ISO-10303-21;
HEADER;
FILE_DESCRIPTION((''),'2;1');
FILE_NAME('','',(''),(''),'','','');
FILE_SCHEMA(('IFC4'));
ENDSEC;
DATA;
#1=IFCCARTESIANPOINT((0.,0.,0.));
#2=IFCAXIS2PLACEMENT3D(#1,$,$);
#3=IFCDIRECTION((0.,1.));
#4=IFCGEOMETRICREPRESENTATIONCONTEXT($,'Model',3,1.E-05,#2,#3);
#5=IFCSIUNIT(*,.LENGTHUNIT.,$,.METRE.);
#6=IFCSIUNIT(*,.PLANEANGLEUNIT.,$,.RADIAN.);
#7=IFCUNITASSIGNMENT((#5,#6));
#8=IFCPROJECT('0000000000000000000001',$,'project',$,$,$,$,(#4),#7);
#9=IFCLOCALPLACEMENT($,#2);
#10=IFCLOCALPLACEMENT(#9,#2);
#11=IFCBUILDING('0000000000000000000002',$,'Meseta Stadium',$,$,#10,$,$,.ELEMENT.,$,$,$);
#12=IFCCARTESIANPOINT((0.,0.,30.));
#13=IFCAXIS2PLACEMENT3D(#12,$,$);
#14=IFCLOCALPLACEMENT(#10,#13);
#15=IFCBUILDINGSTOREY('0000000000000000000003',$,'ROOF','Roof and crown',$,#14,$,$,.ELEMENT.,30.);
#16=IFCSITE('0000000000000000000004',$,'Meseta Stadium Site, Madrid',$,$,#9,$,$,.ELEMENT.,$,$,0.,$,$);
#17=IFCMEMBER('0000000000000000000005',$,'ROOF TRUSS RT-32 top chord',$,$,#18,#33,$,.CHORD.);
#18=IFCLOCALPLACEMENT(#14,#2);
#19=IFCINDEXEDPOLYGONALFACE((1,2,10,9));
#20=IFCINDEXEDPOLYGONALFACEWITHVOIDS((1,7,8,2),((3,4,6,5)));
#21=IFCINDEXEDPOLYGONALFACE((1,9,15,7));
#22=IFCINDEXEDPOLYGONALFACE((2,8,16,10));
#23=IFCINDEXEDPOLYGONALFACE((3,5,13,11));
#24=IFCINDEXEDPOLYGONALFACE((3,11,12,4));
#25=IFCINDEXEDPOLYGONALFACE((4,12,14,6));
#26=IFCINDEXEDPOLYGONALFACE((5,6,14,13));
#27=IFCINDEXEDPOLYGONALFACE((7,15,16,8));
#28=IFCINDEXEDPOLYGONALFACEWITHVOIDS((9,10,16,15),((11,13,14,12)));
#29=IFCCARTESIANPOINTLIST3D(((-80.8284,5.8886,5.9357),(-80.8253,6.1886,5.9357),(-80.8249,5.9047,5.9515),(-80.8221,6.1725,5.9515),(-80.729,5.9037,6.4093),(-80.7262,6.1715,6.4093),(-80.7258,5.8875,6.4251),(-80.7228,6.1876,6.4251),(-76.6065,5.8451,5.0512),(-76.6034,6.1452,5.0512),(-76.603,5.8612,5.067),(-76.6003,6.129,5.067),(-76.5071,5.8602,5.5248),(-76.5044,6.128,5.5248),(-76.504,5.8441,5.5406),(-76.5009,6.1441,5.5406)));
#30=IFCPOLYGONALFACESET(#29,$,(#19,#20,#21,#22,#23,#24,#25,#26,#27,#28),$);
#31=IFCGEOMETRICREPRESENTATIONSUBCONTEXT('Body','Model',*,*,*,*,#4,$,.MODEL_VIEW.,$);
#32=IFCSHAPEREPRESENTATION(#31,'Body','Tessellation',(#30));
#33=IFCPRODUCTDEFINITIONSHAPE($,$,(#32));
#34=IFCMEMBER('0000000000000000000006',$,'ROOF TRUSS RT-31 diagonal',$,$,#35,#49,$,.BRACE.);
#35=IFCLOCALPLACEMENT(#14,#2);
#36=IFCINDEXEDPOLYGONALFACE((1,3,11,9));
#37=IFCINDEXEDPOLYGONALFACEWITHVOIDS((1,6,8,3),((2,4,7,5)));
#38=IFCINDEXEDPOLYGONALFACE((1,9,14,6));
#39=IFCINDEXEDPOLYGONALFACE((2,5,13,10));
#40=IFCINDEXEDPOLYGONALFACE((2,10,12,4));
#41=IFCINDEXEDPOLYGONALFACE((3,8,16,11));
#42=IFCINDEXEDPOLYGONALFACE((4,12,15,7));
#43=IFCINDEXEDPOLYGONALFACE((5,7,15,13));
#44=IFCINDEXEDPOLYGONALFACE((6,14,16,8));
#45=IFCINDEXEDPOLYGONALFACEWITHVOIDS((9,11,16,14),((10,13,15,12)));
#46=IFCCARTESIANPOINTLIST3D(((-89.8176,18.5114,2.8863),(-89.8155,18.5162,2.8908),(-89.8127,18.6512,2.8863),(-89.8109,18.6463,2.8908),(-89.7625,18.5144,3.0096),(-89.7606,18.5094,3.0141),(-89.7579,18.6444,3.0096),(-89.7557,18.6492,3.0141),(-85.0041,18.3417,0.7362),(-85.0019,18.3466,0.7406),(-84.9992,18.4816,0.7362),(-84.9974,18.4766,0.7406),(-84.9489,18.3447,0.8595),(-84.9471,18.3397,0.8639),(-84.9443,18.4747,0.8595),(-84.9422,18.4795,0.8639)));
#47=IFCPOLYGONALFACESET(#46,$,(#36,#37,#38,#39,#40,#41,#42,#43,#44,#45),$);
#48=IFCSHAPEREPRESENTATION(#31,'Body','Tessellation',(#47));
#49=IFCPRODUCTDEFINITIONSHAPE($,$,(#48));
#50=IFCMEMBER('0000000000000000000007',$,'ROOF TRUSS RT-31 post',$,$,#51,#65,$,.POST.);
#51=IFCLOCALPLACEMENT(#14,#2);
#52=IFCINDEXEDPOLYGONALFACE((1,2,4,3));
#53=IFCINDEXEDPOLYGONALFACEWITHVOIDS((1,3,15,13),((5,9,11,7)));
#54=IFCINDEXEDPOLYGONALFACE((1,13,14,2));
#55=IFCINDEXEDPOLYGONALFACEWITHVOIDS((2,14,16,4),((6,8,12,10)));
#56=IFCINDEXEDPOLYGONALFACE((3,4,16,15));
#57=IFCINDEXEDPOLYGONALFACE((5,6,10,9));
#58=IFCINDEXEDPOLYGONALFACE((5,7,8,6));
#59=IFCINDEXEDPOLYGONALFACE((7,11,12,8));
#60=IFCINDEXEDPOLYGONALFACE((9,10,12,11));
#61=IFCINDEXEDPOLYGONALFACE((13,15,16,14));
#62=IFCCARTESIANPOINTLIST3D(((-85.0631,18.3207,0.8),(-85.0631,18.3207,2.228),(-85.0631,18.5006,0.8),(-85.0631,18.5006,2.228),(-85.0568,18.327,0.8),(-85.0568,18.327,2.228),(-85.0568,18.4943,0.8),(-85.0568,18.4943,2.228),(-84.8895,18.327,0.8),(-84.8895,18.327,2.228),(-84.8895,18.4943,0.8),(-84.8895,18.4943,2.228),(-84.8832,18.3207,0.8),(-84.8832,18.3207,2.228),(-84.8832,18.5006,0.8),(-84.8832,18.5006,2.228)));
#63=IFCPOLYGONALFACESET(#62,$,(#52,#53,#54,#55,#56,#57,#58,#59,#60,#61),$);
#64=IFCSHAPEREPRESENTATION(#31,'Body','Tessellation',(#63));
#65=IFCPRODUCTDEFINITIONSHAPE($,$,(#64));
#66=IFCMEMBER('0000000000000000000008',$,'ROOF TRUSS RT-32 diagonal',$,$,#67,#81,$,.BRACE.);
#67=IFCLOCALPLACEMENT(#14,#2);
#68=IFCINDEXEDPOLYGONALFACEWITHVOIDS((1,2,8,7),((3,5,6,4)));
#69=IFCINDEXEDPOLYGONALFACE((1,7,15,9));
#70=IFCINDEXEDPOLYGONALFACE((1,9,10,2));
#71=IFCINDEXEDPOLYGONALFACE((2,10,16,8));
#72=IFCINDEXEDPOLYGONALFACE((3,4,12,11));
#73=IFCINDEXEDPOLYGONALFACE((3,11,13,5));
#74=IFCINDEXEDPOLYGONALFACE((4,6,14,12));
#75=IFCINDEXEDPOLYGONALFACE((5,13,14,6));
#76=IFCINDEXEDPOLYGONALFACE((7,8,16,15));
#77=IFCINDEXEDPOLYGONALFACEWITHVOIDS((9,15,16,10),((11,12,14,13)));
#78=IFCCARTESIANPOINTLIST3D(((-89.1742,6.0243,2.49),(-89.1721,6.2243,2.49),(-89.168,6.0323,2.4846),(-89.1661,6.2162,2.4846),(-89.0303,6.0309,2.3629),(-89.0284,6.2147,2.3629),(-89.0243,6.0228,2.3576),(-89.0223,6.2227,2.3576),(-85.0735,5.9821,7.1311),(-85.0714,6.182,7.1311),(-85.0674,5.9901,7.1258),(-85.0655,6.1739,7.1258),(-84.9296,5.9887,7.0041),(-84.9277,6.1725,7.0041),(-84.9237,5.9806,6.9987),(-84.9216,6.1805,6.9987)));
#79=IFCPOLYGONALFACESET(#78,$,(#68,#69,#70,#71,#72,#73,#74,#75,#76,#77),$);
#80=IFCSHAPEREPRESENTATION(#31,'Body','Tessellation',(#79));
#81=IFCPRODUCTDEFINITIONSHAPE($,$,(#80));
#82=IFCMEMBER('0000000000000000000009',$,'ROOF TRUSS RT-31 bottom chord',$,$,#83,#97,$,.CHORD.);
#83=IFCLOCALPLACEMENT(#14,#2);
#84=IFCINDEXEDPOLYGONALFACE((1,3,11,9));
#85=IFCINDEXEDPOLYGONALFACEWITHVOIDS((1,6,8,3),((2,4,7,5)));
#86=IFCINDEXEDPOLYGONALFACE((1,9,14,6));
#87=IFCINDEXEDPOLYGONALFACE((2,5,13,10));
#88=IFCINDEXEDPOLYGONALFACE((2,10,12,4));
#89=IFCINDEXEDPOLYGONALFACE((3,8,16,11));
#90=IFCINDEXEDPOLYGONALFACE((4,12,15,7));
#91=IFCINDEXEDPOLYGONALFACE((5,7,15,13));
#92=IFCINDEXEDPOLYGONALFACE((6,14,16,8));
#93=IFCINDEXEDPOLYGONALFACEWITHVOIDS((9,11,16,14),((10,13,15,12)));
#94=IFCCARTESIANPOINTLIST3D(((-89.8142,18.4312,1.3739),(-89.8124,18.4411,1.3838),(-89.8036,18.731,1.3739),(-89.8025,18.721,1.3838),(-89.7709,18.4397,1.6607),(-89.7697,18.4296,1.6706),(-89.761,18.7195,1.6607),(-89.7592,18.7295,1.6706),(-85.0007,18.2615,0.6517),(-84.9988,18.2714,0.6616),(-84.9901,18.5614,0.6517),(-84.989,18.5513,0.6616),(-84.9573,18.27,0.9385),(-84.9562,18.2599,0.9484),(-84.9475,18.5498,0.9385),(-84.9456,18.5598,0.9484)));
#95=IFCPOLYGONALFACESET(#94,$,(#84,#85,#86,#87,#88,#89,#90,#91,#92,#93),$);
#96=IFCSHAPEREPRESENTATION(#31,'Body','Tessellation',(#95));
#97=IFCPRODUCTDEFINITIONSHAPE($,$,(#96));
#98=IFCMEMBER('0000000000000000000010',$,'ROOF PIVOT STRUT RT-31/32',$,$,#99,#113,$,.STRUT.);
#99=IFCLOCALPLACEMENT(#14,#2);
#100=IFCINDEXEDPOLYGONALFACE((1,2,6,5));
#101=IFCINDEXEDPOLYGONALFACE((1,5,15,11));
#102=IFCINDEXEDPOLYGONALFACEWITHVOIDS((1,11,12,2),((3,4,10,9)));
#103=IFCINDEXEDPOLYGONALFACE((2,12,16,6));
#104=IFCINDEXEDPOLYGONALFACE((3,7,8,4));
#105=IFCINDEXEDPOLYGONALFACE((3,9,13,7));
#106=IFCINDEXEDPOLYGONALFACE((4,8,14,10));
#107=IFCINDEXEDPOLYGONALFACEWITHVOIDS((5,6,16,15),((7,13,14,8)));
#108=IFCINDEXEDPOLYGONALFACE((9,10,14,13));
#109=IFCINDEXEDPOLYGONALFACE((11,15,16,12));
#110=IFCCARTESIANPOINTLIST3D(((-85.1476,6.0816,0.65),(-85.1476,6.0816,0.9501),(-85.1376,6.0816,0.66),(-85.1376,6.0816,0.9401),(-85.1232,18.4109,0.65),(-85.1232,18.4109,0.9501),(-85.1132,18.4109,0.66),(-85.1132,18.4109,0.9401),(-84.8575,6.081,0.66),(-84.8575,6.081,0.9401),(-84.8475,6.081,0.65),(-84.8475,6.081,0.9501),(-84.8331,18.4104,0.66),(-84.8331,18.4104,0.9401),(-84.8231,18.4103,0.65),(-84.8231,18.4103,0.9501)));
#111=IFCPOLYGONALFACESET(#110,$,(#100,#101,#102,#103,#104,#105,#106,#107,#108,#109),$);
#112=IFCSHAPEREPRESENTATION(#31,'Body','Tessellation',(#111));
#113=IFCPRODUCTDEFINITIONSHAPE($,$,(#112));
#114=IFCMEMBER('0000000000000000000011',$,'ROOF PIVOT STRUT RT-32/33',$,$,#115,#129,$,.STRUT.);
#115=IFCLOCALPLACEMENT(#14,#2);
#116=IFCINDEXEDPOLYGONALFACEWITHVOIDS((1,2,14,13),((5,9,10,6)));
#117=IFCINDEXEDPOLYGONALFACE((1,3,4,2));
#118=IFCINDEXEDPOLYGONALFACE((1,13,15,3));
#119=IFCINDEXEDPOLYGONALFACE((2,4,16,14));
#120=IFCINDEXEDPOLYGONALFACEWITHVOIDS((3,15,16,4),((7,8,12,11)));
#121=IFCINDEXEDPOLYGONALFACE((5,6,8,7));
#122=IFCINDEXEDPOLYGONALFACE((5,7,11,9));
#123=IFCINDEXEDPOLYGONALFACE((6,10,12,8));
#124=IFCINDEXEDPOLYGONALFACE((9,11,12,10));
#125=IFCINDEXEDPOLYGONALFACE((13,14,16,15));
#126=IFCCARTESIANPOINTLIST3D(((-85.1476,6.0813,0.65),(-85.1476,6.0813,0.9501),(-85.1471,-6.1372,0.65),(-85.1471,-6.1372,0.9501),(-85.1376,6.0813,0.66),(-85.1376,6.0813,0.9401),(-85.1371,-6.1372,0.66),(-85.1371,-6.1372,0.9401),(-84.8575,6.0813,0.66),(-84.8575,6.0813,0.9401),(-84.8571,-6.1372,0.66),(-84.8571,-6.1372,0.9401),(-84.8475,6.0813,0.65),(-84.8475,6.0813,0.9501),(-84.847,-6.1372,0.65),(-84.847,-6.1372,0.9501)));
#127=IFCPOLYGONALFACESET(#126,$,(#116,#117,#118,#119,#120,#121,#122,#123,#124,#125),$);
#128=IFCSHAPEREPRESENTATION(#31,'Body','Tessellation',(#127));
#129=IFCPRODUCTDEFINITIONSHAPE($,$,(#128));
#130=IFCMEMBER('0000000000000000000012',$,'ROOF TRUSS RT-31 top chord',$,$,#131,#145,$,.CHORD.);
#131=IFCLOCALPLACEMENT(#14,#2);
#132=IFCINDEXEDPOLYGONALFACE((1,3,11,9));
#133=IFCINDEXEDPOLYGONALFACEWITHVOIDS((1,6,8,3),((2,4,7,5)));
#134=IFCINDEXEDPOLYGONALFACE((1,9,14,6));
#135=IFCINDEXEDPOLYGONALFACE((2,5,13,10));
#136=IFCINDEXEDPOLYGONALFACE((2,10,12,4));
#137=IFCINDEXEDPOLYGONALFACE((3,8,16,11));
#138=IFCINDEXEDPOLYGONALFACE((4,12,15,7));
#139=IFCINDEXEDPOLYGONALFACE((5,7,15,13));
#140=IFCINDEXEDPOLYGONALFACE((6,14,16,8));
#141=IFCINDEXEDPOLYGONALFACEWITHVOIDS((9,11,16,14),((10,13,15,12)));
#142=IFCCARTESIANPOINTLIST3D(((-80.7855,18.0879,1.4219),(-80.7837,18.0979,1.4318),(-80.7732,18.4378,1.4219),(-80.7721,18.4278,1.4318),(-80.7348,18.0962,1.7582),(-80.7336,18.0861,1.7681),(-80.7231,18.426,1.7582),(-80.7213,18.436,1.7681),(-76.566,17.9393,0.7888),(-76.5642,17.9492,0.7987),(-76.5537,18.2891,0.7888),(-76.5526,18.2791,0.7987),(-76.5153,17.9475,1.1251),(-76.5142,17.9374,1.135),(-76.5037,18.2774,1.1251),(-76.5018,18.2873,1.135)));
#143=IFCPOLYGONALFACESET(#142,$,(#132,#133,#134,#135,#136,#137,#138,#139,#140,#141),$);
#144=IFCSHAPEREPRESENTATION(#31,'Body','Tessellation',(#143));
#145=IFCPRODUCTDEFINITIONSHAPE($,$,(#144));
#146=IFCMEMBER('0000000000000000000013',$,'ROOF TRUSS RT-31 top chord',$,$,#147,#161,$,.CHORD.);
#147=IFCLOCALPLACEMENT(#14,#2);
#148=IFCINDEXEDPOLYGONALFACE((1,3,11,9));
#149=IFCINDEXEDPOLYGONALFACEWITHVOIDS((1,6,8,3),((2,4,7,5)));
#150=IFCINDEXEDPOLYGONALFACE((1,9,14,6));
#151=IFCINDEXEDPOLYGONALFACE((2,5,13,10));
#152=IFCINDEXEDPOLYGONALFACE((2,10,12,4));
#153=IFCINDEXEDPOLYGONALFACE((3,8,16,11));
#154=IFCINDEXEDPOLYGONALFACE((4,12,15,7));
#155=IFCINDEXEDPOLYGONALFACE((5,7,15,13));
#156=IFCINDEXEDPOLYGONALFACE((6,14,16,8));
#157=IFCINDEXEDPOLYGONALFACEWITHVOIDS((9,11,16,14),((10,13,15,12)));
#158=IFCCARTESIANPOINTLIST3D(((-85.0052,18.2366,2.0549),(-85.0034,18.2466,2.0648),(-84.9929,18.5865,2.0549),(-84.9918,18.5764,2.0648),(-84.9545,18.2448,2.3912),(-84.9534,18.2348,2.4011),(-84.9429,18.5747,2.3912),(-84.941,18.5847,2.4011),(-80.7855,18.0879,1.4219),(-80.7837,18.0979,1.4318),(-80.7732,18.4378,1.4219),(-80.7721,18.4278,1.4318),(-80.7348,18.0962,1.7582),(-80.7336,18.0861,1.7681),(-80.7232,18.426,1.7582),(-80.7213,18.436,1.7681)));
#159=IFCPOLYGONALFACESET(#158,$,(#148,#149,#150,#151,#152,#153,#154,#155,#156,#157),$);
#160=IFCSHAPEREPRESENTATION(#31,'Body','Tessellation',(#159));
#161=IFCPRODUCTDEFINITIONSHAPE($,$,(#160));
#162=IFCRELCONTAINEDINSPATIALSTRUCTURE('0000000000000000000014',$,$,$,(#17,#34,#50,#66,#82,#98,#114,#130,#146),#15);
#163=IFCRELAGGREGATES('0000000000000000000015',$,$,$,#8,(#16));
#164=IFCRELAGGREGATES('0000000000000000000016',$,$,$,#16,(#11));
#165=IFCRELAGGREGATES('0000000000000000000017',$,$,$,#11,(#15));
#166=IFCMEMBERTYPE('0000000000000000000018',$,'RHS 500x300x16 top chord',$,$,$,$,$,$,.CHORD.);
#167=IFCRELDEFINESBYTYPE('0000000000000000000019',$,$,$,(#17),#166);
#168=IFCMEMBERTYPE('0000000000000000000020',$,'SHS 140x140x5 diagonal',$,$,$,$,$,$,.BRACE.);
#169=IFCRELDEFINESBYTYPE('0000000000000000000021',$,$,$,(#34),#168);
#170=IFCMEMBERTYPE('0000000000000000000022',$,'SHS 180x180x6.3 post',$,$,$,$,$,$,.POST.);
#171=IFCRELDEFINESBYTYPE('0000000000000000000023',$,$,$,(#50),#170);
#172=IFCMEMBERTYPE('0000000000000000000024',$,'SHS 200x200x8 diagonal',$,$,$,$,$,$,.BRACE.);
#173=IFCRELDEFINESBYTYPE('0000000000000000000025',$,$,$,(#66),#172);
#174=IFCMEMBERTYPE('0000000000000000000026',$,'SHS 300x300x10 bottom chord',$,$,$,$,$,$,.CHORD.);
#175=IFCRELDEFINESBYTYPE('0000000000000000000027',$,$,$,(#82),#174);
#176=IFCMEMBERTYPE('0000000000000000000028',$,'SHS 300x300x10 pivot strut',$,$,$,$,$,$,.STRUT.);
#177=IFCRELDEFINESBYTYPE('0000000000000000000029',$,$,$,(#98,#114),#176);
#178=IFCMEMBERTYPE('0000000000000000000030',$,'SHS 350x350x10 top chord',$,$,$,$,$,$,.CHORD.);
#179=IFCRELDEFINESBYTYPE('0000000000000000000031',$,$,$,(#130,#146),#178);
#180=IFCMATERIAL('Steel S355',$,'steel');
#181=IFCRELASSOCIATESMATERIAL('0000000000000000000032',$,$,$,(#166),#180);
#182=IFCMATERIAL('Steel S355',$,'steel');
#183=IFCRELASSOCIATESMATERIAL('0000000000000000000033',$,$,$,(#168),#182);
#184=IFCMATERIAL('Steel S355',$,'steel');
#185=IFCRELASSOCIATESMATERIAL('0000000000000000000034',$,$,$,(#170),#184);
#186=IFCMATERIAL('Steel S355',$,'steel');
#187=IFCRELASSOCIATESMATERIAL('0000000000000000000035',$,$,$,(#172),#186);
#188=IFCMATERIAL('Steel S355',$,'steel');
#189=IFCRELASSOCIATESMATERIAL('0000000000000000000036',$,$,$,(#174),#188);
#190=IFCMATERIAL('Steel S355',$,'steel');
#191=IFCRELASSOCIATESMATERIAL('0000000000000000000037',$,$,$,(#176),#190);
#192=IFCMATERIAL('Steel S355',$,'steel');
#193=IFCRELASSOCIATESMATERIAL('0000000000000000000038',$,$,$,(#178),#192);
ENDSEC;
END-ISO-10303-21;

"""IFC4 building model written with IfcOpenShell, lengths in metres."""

from ifc_helpers import new_model, si_unit, direction, frame, origin, origin_2d, place, context, subcontext, project, spatial, hollow_rectangle, extrude, material, material_profile, profile_set, type_object, element, save


model = new_model("IFC4")

# Units and contexts
model_context = context("Model", 3, precision=1e-05, world=origin(), true_north=direction((0.0, 1.0)))
body_context = subcontext(model_context, "Body", "Model", "MODEL_VIEW")
ifc_project = project(units=[si_unit("LENGTHUNIT", "METRE"), si_unit("PLANEANGLEUNIT", "RADIAN")], contexts=[model_context])

# Site, building, storey
site_placement = place(None, origin())
site = spatial("IfcSite", under=ifc_project, at=site_placement, Name="Meseta Stadium Site, Madrid", CompositionType="ELEMENT", RefElevation=0.0)
building_placement = place(site_placement, origin())
building = spatial("IfcBuilding", under=site, at=building_placement, Name="Meseta Stadium", CompositionType="ELEMENT")
storey_placement = place(building_placement, frame((0.0, 0.0, 30.0)))
storey = spatial("IfcBuildingStorey", under=building, at=storey_placement, Name="ROOF", Description="Roof and crown", CompositionType="ELEMENT", Elevation=30.0)

# Members
ifc_material_1 = material(Name="Steel S355", Category="steel")
ifc_material_profile_1 = material_profile(ifc_material_1, hollow_rectangle(XDim=0.3, YDim=0.5, WallThickness=0.0161, at=origin_2d()), Name="RHS 500x300x16")
ifc_profile_set_1 = profile_set([ifc_material_profile_1], Name="Steel S355")
member_type_1 = type_object("IfcMemberType", Name="RHS 500x300x16 top chord", PredefinedType="CHORD", material=ifc_profile_set_1)
member_1_placement = place(storey_placement, frame((-76.5537, 5.9946, 5.2959), z_axis=(-0.978701, 0.010074, 0.205044), x_axis=(-0.010293, -0.999947, 0.0)))
element("IfcMember", 1, at=member_1_placement, inside=storey, type_object=member_type_1, Name="ROOF TRUSS RT-32 top chord", PredefinedType="CHORD", context=body_context, shape_type="SweptSolid", body=[
    extrude(hollow_rectangle(XDim=0.3, YDim=0.5, WallThickness=0.0161, at=origin_2d()), origin(), (0.0, 0.0, 1.0), 4.3137),
])
ifc_material_2 = material(Name="Steel S355", Category="steel")
ifc_material_profile_2 = material_profile(ifc_material_2, hollow_rectangle(XDim=0.1399, YDim=0.1399, WallThickness=0.0049, at=origin_2d()), Name="SHS 140x140x5")
ifc_profile_set_2 = profile_set([ifc_material_profile_2], Name="Steel S355")
member_type_2 = type_object("IfcMemberType", Name="SHS 140x140x5 diagonal", PredefinedType="BRACE", material=ifc_profile_set_2)
member_2_placement = place(storey_placement, frame((-84.9731, 18.4106, 0.8), z_axis=(-0.912575, 0.032169, 0.407641), x_axis=(-0.035229, -0.999379, 0.0)))
element("IfcMember", 2, at=member_2_placement, inside=storey, type_object=member_type_2, Name="ROOF TRUSS RT-31 diagonal", PredefinedType="BRACE", context=body_context, shape_type="SweptSolid", body=[
    extrude(hollow_rectangle(XDim=0.1399, YDim=0.1399, WallThickness=0.0049, at=origin_2d()), origin(), (0.0, 0.0, 1.0), 5.2747),
])
ifc_material_3 = material(Name="Steel S355", Category="steel")
ifc_material_profile_3 = material_profile(ifc_material_3, hollow_rectangle(XDim=0.1799, YDim=0.1799, WallThickness=0.0063, at=origin_2d()), Name="SHS 180x180x6.3")
ifc_profile_set_3 = profile_set([ifc_material_profile_3], Name="Steel S355")
member_type_3 = type_object("IfcMemberType", Name="SHS 180x180x6.3 post", PredefinedType="POST", material=ifc_profile_set_3)
member_3_placement = place(storey_placement, frame((-84.9731, 18.4106, 0.8), z_axis=(0.0, 0.0, 1.0), x_axis=(1.0, 0.0, 0.0)))
element("IfcMember", 3, at=member_3_placement, inside=storey, type_object=member_type_3, Name="ROOF TRUSS RT-31 post", PredefinedType="POST", context=body_context, shape_type="SweptSolid", body=[
    extrude(hollow_rectangle(XDim=0.1799, YDim=0.1799, WallThickness=0.0063, at=origin_2d()), origin(), (0.0, 0.0, 1.0), 1.428),
])
ifc_material_4 = material(Name="Steel S355", Category="steel")
ifc_material_profile_4 = material_profile(ifc_material_4, hollow_rectangle(XDim=0.2, YDim=0.2, WallThickness=0.0081, at=origin_2d()), Name="SHS 200x200x8")
ifc_profile_set_4 = profile_set([ifc_material_profile_4], Name="Steel S355")
member_type_4 = type_object("IfcMemberType", Name="SHS 200x200x8 diagonal", PredefinedType="BRACE", material=ifc_profile_set_4)
member_4_placement = place(storey_placement, frame((-84.9976, 6.0813, 7.0649), z_axis=(-0.662104, 0.00682, -0.749381), x_axis=(-0.0103, -0.999947, 0.0)))
element("IfcMember", 4, at=member_4_placement, inside=storey, type_object=member_type_4, Name="ROOF TRUSS RT-32 diagonal", PredefinedType="BRACE", context=body_context, shape_type="SweptSolid", body=[
    extrude(hollow_rectangle(XDim=0.2, YDim=0.2, WallThickness=0.0081, at=origin_2d()), origin(), (0.0, 0.0, 1.0), 6.1934),
])
ifc_material_5 = material(Name="Steel S355", Category="steel")
ifc_material_profile_5 = material_profile(ifc_material_5, hollow_rectangle(XDim=0.3, YDim=0.3, WallThickness=0.01, at=origin_2d()), Name="SHS 300x300x10")
ifc_profile_set_5 = profile_set([ifc_material_profile_5], Name="Steel S355")
member_type_5 = type_object("IfcMemberType", Name="SHS 300x300x10 bottom chord", PredefinedType="CHORD", material=ifc_profile_set_5)
member_5_placement = place(storey_placement, frame((-84.9731, 18.4106, 0.8), z_axis=(-0.988332, 0.034839, 0.14828), x_axis=(-0.035229, -0.999379, 0.0)))
element("IfcMember", 5, at=member_5_placement, inside=storey, type_object=member_type_5, Name="ROOF TRUSS RT-31 bottom chord", PredefinedType="CHORD", context=body_context, shape_type="SweptSolid", body=[
    extrude(hollow_rectangle(XDim=0.3, YDim=0.3, WallThickness=0.01, at=origin_2d()), origin(), (0.0, 0.0, 1.0), 4.8704),
])
ifc_material_6 = material(Name="Steel S355", Category="steel")
ifc_material_profile_6 = material_profile(ifc_material_6, hollow_rectangle(XDim=0.3, YDim=0.3, WallThickness=0.01, at=origin_2d()), Name="SHS 300x300x10")
ifc_profile_set_6 = profile_set([ifc_material_profile_6], Name="Steel S355")
member_type_6 = type_object("IfcMemberType", Name="SHS 300x300x10 pivot strut", PredefinedType="STRUT", material=ifc_profile_set_6)
member_6_placement = place(storey_placement, frame((-84.9731, 18.4106, 0.8), z_axis=(-0.00198, -0.999998, 0.0), x_axis=(0.999998, -0.00198, 0.0)))
element("IfcMember", 6, at=member_6_placement, inside=storey, type_object=member_type_6, Name="ROOF PIVOT STRUT RT-31/32", PredefinedType="STRUT", context=body_context, shape_type="SweptSolid", body=[
    extrude(hollow_rectangle(XDim=0.3, YDim=0.3, WallThickness=0.01, at=origin_2d()), origin(), (0.0, 0.0, 1.0), 12.3293),
])
member_7_placement = place(storey_placement, frame((-84.9976, 6.0813, 0.8), z_axis=(0.00004, -1.0, 0.0), x_axis=(1.0, 0.00004, 0.0)))
element("IfcMember", 7, at=member_7_placement, inside=storey, type_object=member_type_6, Name="ROOF PIVOT STRUT RT-32/33", PredefinedType="STRUT", context=body_context, shape_type="SweptSolid", body=[
    extrude(hollow_rectangle(XDim=0.3, YDim=0.3, WallThickness=0.01, at=origin_2d()), origin(), (0.0, 0.0, 1.0), 12.2185),
])
ifc_material_7 = material(Name="Steel S355", Category="steel")
ifc_material_profile_7 = material_profile(ifc_material_7, hollow_rectangle(XDim=0.3501, YDim=0.3501, WallThickness=0.01, at=origin_2d()), Name="SHS 350x350x10")
ifc_profile_set_7 = profile_set([ifc_material_profile_7], Name="Steel S355")
member_type_7 = type_object("IfcMemberType", Name="SHS 350x350x10 top chord", PredefinedType="CHORD", material=ifc_profile_set_7)
member_8_placement = place(storey_placement, frame((-76.5339, 18.1133, 0.9619), z_axis=(-0.988332, 0.034826, 0.148281), x_axis=(-0.035215, -0.99938, 0.0)))
element("IfcMember", 8, at=member_8_placement, inside=storey, type_object=member_type_7, Name="ROOF TRUSS RT-31 top chord", PredefinedType="CHORD", context=body_context, shape_type="SweptSolid", body=[
    extrude(hollow_rectangle(XDim=0.3501, YDim=0.3501, WallThickness=0.01, at=origin_2d()), origin(), (0.0, 0.0, 1.0), 4.2693),
])
member_9_placement = place(storey_placement, frame((-80.7534, 18.262, 1.595), z_axis=(-0.988333, 0.034824, 0.148273), x_axis=(-0.035213, -0.99938, 0.0)))
element("IfcMember", 9, at=member_9_placement, inside=storey, type_object=member_type_7, Name="ROOF TRUSS RT-31 top chord", PredefinedType="CHORD", context=body_context, shape_type="SweptSolid", body=[
    extrude(hollow_rectangle(XDim=0.3501, YDim=0.3501, WallThickness=0.01, at=origin_2d()), origin(), (0.0, 0.0, 1.0), 4.2695),
])

save(model, "model.ifc")
